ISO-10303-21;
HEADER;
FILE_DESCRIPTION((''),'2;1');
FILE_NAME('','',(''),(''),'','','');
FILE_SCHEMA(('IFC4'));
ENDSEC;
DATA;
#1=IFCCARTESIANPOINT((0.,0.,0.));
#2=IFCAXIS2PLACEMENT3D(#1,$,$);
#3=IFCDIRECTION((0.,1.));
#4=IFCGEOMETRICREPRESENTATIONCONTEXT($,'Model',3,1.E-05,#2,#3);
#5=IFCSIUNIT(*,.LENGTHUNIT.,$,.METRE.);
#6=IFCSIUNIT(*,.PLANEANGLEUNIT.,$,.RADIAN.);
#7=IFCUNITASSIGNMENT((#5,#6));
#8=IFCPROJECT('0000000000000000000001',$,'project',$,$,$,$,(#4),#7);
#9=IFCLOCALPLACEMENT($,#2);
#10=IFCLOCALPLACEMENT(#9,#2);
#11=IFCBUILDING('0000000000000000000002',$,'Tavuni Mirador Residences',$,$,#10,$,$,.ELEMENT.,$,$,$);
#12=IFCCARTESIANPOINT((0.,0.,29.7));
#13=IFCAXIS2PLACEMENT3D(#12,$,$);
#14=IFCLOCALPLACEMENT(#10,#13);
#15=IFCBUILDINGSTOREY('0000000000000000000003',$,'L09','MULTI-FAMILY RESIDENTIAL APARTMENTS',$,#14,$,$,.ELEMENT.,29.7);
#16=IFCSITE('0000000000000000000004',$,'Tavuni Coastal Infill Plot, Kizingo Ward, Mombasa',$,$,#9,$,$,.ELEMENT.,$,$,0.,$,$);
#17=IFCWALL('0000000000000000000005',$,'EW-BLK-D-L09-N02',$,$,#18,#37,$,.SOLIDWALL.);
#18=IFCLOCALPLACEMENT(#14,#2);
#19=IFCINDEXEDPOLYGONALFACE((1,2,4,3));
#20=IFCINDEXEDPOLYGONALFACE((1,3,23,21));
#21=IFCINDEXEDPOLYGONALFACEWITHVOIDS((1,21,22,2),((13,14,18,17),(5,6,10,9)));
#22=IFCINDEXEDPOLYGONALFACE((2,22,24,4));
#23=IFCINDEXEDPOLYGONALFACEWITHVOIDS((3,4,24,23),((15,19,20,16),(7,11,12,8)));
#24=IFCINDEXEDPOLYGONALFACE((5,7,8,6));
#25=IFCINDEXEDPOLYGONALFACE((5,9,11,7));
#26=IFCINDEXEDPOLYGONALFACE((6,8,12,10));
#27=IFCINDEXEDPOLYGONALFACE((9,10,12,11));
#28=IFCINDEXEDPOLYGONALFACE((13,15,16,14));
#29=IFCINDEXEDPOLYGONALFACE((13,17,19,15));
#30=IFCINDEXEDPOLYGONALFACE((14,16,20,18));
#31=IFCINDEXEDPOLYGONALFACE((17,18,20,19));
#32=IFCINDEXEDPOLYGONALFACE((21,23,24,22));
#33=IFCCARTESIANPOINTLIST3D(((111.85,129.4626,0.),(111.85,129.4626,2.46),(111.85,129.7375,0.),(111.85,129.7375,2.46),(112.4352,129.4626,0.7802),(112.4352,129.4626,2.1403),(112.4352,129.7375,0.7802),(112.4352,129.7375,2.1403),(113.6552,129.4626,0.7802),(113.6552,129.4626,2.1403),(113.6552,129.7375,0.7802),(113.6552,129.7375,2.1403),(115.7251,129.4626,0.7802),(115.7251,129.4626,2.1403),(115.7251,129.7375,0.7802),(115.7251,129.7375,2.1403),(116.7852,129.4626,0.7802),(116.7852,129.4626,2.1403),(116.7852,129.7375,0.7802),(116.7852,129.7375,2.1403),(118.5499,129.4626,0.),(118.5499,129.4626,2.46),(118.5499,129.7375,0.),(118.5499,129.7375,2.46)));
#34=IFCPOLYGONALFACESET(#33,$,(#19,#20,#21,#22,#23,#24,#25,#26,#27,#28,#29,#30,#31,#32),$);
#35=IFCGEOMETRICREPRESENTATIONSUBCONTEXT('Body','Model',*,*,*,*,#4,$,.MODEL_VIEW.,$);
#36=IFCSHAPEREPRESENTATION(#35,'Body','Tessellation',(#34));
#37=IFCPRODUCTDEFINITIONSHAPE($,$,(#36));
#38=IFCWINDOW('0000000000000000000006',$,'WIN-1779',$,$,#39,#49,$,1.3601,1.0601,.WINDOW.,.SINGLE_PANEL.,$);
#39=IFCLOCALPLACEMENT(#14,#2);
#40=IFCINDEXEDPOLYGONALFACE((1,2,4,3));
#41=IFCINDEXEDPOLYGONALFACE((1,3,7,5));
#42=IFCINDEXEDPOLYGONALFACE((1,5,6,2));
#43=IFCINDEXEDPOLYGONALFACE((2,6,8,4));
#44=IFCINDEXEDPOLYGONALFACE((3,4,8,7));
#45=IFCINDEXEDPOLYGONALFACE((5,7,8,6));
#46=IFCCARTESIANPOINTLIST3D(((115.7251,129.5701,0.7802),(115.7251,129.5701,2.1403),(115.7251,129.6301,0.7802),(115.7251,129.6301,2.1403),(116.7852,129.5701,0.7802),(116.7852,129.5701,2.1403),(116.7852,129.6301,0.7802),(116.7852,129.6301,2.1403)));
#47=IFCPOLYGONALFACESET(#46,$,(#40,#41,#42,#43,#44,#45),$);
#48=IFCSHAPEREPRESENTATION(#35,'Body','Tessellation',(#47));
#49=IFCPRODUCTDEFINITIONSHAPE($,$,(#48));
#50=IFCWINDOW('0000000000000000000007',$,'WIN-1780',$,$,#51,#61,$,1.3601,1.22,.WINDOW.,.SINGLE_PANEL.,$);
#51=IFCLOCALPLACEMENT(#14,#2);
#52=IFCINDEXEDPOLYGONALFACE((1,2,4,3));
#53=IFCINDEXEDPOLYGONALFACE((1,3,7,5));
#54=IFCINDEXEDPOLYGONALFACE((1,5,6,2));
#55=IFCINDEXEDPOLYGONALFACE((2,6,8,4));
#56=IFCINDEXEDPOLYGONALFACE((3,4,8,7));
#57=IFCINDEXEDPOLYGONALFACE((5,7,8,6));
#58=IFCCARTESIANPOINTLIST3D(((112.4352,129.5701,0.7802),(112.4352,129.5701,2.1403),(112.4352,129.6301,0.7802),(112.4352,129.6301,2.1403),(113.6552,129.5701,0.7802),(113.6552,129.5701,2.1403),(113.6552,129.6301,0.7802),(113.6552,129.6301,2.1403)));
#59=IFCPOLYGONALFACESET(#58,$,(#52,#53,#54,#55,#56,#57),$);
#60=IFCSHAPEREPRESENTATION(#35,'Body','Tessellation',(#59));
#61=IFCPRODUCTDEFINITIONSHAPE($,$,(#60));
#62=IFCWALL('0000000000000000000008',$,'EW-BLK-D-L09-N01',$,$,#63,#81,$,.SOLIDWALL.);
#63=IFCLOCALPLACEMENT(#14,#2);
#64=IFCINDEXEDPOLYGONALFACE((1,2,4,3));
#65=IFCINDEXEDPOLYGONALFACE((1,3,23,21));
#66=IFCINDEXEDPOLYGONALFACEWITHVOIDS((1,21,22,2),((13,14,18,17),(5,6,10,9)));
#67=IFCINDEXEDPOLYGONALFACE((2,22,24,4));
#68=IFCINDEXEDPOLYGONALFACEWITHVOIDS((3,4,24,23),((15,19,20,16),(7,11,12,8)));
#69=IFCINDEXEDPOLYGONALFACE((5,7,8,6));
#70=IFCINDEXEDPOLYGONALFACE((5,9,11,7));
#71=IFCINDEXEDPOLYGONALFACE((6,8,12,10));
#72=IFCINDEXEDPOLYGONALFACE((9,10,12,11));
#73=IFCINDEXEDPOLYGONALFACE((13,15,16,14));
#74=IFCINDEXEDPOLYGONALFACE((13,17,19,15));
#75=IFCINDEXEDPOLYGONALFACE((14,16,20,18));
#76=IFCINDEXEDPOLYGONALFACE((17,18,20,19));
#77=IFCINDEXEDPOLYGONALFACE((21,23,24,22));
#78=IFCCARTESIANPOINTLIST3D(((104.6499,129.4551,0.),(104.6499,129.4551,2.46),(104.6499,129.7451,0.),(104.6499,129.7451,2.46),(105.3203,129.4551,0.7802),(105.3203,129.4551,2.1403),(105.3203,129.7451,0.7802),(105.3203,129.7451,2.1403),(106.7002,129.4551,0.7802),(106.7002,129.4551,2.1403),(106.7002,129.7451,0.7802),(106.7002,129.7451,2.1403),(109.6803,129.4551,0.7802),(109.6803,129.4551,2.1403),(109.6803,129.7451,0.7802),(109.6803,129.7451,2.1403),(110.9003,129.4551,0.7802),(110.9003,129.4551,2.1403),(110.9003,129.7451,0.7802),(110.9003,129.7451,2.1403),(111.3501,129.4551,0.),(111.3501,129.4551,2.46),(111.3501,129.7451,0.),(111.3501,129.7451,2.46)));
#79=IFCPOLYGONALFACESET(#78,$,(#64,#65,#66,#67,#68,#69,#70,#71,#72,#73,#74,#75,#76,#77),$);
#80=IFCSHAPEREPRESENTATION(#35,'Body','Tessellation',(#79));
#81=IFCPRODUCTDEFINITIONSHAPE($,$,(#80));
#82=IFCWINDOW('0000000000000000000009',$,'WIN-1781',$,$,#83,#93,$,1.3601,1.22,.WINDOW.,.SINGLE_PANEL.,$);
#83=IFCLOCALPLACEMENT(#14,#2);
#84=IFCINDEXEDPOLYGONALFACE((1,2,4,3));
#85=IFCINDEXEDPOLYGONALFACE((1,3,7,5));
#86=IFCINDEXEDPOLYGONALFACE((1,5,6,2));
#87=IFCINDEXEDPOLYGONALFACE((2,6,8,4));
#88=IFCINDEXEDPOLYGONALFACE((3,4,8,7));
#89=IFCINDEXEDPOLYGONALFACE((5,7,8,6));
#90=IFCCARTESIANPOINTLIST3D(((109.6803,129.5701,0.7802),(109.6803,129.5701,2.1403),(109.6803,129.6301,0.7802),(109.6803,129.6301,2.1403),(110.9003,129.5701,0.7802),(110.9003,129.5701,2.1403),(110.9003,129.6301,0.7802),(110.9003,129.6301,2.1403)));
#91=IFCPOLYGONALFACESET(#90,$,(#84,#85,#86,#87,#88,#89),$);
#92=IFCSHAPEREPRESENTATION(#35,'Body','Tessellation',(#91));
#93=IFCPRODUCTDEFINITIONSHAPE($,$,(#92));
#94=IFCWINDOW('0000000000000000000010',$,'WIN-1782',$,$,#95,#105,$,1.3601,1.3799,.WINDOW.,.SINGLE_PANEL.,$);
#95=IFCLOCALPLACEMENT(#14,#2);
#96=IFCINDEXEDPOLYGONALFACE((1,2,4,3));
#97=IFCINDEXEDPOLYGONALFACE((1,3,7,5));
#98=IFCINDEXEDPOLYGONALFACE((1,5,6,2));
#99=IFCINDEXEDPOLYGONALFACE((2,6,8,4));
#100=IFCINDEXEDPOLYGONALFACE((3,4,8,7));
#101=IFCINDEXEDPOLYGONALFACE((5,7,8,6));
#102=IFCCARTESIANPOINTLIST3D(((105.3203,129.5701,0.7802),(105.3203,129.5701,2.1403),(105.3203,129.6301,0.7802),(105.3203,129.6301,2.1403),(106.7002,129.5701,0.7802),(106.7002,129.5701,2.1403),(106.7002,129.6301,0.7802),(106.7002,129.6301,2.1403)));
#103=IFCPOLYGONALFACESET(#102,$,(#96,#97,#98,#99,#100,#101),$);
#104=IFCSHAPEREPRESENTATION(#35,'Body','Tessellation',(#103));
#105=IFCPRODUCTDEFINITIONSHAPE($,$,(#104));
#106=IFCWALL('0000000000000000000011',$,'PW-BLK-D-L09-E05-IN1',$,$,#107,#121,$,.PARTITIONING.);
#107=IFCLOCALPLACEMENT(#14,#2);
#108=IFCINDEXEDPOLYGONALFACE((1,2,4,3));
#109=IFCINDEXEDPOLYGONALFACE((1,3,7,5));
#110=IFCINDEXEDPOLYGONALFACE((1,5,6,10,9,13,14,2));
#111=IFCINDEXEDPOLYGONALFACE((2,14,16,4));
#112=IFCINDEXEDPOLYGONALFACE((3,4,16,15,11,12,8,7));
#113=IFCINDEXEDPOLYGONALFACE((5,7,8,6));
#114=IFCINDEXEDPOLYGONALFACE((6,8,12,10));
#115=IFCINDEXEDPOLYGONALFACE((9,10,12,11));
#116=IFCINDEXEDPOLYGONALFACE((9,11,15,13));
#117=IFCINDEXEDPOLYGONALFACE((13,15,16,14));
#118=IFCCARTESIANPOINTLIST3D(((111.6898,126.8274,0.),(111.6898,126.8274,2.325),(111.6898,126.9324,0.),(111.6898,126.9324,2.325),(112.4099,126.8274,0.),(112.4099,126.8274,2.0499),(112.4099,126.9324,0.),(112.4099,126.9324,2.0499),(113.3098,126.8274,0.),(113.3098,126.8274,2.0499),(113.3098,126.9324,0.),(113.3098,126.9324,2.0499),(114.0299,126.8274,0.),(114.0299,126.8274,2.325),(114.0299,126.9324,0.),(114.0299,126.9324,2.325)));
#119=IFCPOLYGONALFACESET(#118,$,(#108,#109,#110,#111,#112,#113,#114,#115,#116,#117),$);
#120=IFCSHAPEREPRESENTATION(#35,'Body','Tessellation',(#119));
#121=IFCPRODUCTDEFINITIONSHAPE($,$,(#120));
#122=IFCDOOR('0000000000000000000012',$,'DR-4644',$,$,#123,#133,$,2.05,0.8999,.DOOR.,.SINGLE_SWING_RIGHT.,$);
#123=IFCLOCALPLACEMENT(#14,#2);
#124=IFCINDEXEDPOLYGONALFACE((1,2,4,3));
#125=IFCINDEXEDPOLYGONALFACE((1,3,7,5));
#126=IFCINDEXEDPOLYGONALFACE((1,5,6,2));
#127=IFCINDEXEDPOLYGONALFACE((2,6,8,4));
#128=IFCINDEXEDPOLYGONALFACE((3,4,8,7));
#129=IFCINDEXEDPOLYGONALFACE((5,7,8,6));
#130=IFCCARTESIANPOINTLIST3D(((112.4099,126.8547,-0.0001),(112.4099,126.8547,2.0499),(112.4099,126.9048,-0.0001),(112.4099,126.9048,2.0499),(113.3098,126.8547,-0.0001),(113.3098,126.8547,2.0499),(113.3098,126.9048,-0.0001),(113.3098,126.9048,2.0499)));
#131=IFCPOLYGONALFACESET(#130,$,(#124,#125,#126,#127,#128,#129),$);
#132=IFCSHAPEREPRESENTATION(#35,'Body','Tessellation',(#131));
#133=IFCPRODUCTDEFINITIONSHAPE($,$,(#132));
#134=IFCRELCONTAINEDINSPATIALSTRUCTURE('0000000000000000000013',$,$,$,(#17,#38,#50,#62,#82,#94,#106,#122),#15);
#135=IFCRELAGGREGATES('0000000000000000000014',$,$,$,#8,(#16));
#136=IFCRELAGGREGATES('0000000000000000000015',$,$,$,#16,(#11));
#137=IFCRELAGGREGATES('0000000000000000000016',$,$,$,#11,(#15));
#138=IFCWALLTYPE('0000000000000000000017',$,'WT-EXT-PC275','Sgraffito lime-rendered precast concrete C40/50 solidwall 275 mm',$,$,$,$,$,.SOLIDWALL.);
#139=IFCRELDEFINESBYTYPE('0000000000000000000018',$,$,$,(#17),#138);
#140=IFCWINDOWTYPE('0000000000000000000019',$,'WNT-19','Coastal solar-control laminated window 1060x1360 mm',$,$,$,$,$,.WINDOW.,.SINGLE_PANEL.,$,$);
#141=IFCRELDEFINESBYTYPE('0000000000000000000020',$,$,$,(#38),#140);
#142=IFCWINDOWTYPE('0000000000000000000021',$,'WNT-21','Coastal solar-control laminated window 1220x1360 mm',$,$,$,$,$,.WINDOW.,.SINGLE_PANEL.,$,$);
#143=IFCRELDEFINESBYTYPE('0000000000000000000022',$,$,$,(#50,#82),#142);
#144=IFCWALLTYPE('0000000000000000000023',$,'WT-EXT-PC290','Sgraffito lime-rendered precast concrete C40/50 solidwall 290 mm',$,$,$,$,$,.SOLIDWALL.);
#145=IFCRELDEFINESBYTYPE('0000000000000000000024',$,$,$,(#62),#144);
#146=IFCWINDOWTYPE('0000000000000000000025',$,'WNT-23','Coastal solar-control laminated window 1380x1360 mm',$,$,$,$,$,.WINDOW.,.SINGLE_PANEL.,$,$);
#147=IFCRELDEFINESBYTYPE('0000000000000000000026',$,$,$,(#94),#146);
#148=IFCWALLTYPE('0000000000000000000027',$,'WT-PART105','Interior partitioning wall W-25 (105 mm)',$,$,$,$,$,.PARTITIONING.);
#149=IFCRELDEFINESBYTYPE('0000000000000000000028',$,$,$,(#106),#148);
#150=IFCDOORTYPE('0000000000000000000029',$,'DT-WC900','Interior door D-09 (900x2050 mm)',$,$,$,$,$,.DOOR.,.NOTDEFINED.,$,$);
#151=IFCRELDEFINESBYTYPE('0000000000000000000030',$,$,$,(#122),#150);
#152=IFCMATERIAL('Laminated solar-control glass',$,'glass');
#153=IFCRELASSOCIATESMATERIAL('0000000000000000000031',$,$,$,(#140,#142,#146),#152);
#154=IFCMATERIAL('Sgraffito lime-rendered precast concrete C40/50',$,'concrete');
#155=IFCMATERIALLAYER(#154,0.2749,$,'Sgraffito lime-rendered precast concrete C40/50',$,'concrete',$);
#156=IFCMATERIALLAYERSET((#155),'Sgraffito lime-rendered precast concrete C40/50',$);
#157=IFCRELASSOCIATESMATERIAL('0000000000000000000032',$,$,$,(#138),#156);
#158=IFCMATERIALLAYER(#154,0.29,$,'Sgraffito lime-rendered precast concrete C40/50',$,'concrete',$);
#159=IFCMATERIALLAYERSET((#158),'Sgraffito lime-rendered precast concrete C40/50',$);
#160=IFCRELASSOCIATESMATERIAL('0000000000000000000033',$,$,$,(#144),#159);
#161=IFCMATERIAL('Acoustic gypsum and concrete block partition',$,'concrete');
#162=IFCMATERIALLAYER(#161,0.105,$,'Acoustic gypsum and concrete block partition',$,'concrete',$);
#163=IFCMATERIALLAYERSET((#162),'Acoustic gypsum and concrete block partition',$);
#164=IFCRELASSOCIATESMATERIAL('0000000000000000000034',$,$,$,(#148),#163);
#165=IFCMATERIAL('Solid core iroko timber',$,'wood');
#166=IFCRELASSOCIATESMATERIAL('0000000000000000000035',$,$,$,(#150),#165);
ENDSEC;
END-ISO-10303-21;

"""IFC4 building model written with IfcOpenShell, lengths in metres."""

from ifc_helpers import new_model, si_unit, direction, frame, frame_2d, origin, place, context, subcontext, project, spatial, rectangle, extrude, material, layer, layer_set, type_object, element, fill, save


model = new_model("IFC4")

# Units and contexts
model_context = context("Model", 3, precision=1e-05, world=origin(), true_north=direction((0.0, 1.0)))
body_context = subcontext(model_context, "Body", "Model", "MODEL_VIEW")
ifc_project = project(units=[si_unit("LENGTHUNIT", "METRE"), si_unit("PLANEANGLEUNIT", "RADIAN")], contexts=[model_context])

# Site, building, storey
site_placement = place(None, origin())
site = spatial("IfcSite", under=ifc_project, at=site_placement, Name="Tavuni Coastal Infill Plot, Kizingo Ward, Mombasa", CompositionType="ELEMENT", RefElevation=0.0)
building_placement = place(site_placement, origin())
building = spatial("IfcBuilding", under=site, at=building_placement, Name="Tavuni Mirador Residences", CompositionType="ELEMENT")
storey_placement = place(building_placement, frame((0.0, 0.0, 29.7)))
storey = spatial("IfcBuildingStorey", under=building, at=storey_placement, Name="L09", Description="MULTI-FAMILY RESIDENTIAL APARTMENTS", CompositionType="ELEMENT", Elevation=29.7)

# Shared definitions
ifc_material_1 = material(Name="Solid core iroko timber", Category="wood")

# Walls, openings, windows
ifc_material_2 = material(Name="Laminated solar-control glass", Category="glass")
window_type_1 = type_object("IfcWindowType", Name="WNT-19", Description="Coastal solar-control laminated window 1060x1360 mm", PartitioningType="SINGLE_PANEL", PredefinedType="WINDOW", material=ifc_material_2)
ifc_material_3 = material(Name="Sgraffito lime-rendered precast concrete C40/50", Category="concrete")
ifc_layer_1 = layer(ifc_material_3, 0.2749, Name="Sgraffito lime-rendered precast concrete C40/50", Category="concrete")
ifc_layer_set_1 = layer_set([ifc_layer_1], Name="Sgraffito lime-rendered precast concrete C40/50")
wall_type_1 = type_object("IfcWallType", Name="WT-EXT-PC275", Description="Sgraffito lime-rendered precast concrete C40/50 solidwall 275 mm", PredefinedType="SOLIDWALL", material=ifc_layer_set_1)
wall_1_placement = place(storey_placement, frame((118.55, 129.6001, 0.0), z_axis=(0.0, 0.0, 1.0), x_axis=(-1.0, 0.0, 0.0)))
wall_1 = element("IfcWall", 1, at=wall_1_placement, inside=storey, type_object=wall_type_1, Name="EW-BLK-D-L09-N02", PredefinedType="SOLIDWALL", context=body_context, shape_type="SweptSolid", body=[
    extrude(rectangle(XDim=6.7, YDim=0.2749, at=frame_2d((3.3501, 0.0))), origin(), (0.0, 0.0, 1.0), 2.46),
])
opening_1_placement = place(wall_1_placement, frame((1.7649, 0.0, 0.78)))
opening_1 = element("IfcOpeningElement", 2, at=opening_1_placement, cuts=wall_1, PredefinedType="OPENING", context=body_context, shape_type="SweptSolid", body=[
    extrude(rectangle(XDim=1.0601, YDim=1.3601, at=frame_2d((0.53, 0.6802))), frame((0.0, 0.1475, 0.0), z_axis=(0.0, -1.0, 0.0), x_axis=(1.0, 0.0, 0.0)), (0.0, 0.0, 1.0), 0.2949),
])
opening_2_placement = place(wall_1_placement, frame((4.895, 0.0, 0.78)))
opening_2 = element("IfcOpeningElement", 3, at=opening_2_placement, cuts=wall_1, PredefinedType="OPENING", context=body_context, shape_type="SweptSolid", body=[
    extrude(rectangle(XDim=1.22, YDim=1.3601, at=frame_2d((0.6099, 0.6802))), frame((0.0, 0.1475, 0.0), z_axis=(0.0, -1.0, 0.0), x_axis=(1.0, 0.0, 0.0)), (0.0, 0.0, 1.0), 0.2949),
])
window_1_placement = place(opening_1_placement, origin())
window_1 = element("IfcWindow", 4, at=window_1_placement, inside=storey, type_object=window_type_1, Name="WIN-1779", OverallHeight=1.3601, OverallWidth=1.0601, PartitioningType="SINGLE_PANEL", PredefinedType="WINDOW", context=body_context, shape_type="SweptSolid", body=[
    extrude(rectangle(XDim=1.0601, YDim=1.3601, at=frame_2d((0.53, 0.6802))), frame((0.0, 0.03, 0.0), z_axis=(0.0, -1.0, 0.0), x_axis=(1.0, 0.0, 0.0)), (0.0, 0.0, 1.0), 0.0601),
])
fill(opening_1, window_1)
window_type_2 = type_object("IfcWindowType", Name="WNT-21", Description="Coastal solar-control laminated window 1220x1360 mm", PartitioningType="SINGLE_PANEL", PredefinedType="WINDOW", material=ifc_material_2)
window_2_placement = place(opening_2_placement, origin())
window_2 = element("IfcWindow", 5, at=window_2_placement, inside=storey, type_object=window_type_2, Name="WIN-1780", OverallHeight=1.3601, OverallWidth=1.22, PartitioningType="SINGLE_PANEL", PredefinedType="WINDOW", context=body_context, shape_type="SweptSolid", body=[
    extrude(rectangle(XDim=1.22, YDim=1.3601, at=frame_2d((0.6099, 0.6802))), frame((0.0, 0.03, 0.0), z_axis=(0.0, -1.0, 0.0), x_axis=(1.0, 0.0, 0.0)), (0.0, 0.0, 1.0), 0.0601),
])
fill(opening_2, window_2)
ifc_layer_2 = layer(ifc_material_3, 0.29, Name="Sgraffito lime-rendered precast concrete C40/50", Category="concrete")
ifc_layer_set_2 = layer_set([ifc_layer_2], Name="Sgraffito lime-rendered precast concrete C40/50")
wall_type_2 = type_object("IfcWallType", Name="WT-EXT-PC290", Description="Sgraffito lime-rendered precast concrete C40/50 solidwall 290 mm", PredefinedType="SOLIDWALL", material=ifc_layer_set_2)
wall_2_placement = place(storey_placement, frame((111.3501, 129.6001, 0.0), z_axis=(0.0, 0.0, 1.0), x_axis=(-1.0, 0.0, 0.0)))
wall_2 = element("IfcWall", 6, at=wall_2_placement, inside=storey, type_object=wall_type_2, Name="EW-BLK-D-L09-N01", PredefinedType="SOLIDWALL", context=body_context, shape_type="SweptSolid", body=[
    extrude(rectangle(XDim=6.7002, YDim=0.29, at=frame_2d((3.3501, 0.0))), origin(), (0.0, 0.0, 1.0), 2.46),
])
opening_3_placement = place(wall_2_placement, frame((0.45, 0.0, 0.78)))
opening_3 = element("IfcOpeningElement", 7, at=opening_3_placement, cuts=wall_2, PredefinedType="OPENING", context=body_context, shape_type="SweptSolid", body=[
    extrude(rectangle(XDim=1.22, YDim=1.3601, at=frame_2d((0.6099, 0.6802))), frame((0.0, 0.155, 0.0), z_axis=(0.0, -1.0, 0.0), x_axis=(1.0, 0.0, 0.0)), (0.0, 0.0, 1.0), 0.3101),
])
opening_4_placement = place(wall_2_placement, frame((4.6499, 0.0, 0.78)))
opening_4 = element("IfcOpeningElement", 8, at=opening_4_placement, cuts=wall_2, PredefinedType="OPENING", context=body_context, shape_type="SweptSolid", body=[
    extrude(rectangle(XDim=1.3799, YDim=1.3601, at=frame_2d((0.6899, 0.6802))), frame((0.0, 0.155, 0.0), z_axis=(0.0, -1.0, 0.0), x_axis=(1.0, 0.0, 0.0)), (0.0, 0.0, 1.0), 0.3101),
])
window_3_placement = place(opening_3_placement, origin())
window_3 = element("IfcWindow", 9, at=window_3_placement, inside=storey, type_object=window_type_2, Name="WIN-1781", OverallHeight=1.3601, OverallWidth=1.22, PartitioningType="SINGLE_PANEL", PredefinedType="WINDOW", context=body_context, shape_type="SweptSolid", body=[
    extrude(rectangle(XDim=1.22, YDim=1.3601, at=frame_2d((0.6099, 0.6802))), frame((0.0, 0.03, 0.0), z_axis=(0.0, -1.0, 0.0), x_axis=(1.0, 0.0, 0.0)), (0.0, 0.0, 1.0), 0.0601),
])
fill(opening_3, window_3)
window_type_3 = type_object("IfcWindowType", Name="WNT-23", Description="Coastal solar-control laminated window 1380x1360 mm", PartitioningType="SINGLE_PANEL", PredefinedType="WINDOW", material=ifc_material_2)
window_4_placement = place(opening_4_placement, origin())
window_4 = element("IfcWindow", 10, at=window_4_placement, inside=storey, type_object=window_type_3, Name="WIN-1782", OverallHeight=1.3601, OverallWidth=1.3799, PartitioningType="SINGLE_PANEL", PredefinedType="WINDOW", context=body_context, shape_type="SweptSolid", body=[
    extrude(rectangle(XDim=1.3799, YDim=1.3601, at=frame_2d((0.6899, 0.6802))), frame((0.0, 0.03, 0.0), z_axis=(0.0, -1.0, 0.0), x_axis=(1.0, 0.0, 0.0)), (0.0, 0.0, 1.0), 0.0601),
])
fill(opening_4, window_4)

# Wall, opening, door
ifc_material_4 = material(Name="Acoustic gypsum and concrete block partition", Category="concrete")
ifc_layer_3 = layer(ifc_material_4, 0.105, Name="Acoustic gypsum and concrete block partition", Category="concrete")
ifc_layer_set_3 = layer_set([ifc_layer_3], Name="Acoustic gypsum and concrete block partition")
wall_type_3 = type_object("IfcWallType", Name="WT-PART105", Description="Interior partitioning wall W-25 (105 mm)", PredefinedType="PARTITIONING", material=ifc_layer_set_3)
wall_3_placement = place(storey_placement, frame((111.6899, 126.8799, 0.0), z_axis=(0.0, 0.0, 1.0), x_axis=(1.0, 0.0, 0.0)))
wall_3 = element("IfcWall", 11, at=wall_3_placement, inside=storey, type_object=wall_type_3, Name="PW-BLK-D-L09-E05-IN1", PredefinedType="PARTITIONING", context=body_context, shape_type="SweptSolid", body=[
    extrude(rectangle(XDim=2.3401, YDim=0.105, at=frame_2d((1.1699, 0.0))), origin(), (0.0, 0.0, 1.0), 2.325),
])
opening_5_placement = place(wall_3_placement, frame((0.72, 0.0, 0.0)))
opening_5 = element("IfcOpeningElement", 12, at=opening_5_placement, cuts=wall_3, PredefinedType="OPENING", context=body_context, shape_type="SweptSolid", body=[
    extrude(rectangle(XDim=0.8999, YDim=2.05, at=frame_2d((0.45, 1.0249))), frame((0.0, 0.0625, 0.0), z_axis=(0.0, -1.0, 0.0), x_axis=(1.0, 0.0, 0.0)), (0.0, 0.0, 1.0), 0.125),
])
door_type_1 = type_object("IfcDoorType", Name="DT-WC900", Description="Interior door D-09 (900x2050 mm)", OperationType="NOTDEFINED", PredefinedType="DOOR", material=ifc_material_1)
door_1_placement = place(opening_5_placement, origin())
door_1 = element("IfcDoor", 13, at=door_1_placement, inside=storey, type_object=door_type_1, Name="DR-4644", OperationType="SINGLE_SWING_RIGHT", OverallHeight=2.05, OverallWidth=0.8999, PredefinedType="DOOR", context=body_context, shape_type="SweptSolid", body=[
    extrude(rectangle(XDim=0.8999, YDim=2.05, at=frame_2d((0.45, 1.0249))), frame((0.0, 0.0249, 0.0), z_axis=(0.0, -1.0, 0.0), x_axis=(1.0, 0.0, 0.0)), (0.0, 0.0, 1.0), 0.05),
])
fill(opening_5, door_1)

save(model, "model.ifc")
